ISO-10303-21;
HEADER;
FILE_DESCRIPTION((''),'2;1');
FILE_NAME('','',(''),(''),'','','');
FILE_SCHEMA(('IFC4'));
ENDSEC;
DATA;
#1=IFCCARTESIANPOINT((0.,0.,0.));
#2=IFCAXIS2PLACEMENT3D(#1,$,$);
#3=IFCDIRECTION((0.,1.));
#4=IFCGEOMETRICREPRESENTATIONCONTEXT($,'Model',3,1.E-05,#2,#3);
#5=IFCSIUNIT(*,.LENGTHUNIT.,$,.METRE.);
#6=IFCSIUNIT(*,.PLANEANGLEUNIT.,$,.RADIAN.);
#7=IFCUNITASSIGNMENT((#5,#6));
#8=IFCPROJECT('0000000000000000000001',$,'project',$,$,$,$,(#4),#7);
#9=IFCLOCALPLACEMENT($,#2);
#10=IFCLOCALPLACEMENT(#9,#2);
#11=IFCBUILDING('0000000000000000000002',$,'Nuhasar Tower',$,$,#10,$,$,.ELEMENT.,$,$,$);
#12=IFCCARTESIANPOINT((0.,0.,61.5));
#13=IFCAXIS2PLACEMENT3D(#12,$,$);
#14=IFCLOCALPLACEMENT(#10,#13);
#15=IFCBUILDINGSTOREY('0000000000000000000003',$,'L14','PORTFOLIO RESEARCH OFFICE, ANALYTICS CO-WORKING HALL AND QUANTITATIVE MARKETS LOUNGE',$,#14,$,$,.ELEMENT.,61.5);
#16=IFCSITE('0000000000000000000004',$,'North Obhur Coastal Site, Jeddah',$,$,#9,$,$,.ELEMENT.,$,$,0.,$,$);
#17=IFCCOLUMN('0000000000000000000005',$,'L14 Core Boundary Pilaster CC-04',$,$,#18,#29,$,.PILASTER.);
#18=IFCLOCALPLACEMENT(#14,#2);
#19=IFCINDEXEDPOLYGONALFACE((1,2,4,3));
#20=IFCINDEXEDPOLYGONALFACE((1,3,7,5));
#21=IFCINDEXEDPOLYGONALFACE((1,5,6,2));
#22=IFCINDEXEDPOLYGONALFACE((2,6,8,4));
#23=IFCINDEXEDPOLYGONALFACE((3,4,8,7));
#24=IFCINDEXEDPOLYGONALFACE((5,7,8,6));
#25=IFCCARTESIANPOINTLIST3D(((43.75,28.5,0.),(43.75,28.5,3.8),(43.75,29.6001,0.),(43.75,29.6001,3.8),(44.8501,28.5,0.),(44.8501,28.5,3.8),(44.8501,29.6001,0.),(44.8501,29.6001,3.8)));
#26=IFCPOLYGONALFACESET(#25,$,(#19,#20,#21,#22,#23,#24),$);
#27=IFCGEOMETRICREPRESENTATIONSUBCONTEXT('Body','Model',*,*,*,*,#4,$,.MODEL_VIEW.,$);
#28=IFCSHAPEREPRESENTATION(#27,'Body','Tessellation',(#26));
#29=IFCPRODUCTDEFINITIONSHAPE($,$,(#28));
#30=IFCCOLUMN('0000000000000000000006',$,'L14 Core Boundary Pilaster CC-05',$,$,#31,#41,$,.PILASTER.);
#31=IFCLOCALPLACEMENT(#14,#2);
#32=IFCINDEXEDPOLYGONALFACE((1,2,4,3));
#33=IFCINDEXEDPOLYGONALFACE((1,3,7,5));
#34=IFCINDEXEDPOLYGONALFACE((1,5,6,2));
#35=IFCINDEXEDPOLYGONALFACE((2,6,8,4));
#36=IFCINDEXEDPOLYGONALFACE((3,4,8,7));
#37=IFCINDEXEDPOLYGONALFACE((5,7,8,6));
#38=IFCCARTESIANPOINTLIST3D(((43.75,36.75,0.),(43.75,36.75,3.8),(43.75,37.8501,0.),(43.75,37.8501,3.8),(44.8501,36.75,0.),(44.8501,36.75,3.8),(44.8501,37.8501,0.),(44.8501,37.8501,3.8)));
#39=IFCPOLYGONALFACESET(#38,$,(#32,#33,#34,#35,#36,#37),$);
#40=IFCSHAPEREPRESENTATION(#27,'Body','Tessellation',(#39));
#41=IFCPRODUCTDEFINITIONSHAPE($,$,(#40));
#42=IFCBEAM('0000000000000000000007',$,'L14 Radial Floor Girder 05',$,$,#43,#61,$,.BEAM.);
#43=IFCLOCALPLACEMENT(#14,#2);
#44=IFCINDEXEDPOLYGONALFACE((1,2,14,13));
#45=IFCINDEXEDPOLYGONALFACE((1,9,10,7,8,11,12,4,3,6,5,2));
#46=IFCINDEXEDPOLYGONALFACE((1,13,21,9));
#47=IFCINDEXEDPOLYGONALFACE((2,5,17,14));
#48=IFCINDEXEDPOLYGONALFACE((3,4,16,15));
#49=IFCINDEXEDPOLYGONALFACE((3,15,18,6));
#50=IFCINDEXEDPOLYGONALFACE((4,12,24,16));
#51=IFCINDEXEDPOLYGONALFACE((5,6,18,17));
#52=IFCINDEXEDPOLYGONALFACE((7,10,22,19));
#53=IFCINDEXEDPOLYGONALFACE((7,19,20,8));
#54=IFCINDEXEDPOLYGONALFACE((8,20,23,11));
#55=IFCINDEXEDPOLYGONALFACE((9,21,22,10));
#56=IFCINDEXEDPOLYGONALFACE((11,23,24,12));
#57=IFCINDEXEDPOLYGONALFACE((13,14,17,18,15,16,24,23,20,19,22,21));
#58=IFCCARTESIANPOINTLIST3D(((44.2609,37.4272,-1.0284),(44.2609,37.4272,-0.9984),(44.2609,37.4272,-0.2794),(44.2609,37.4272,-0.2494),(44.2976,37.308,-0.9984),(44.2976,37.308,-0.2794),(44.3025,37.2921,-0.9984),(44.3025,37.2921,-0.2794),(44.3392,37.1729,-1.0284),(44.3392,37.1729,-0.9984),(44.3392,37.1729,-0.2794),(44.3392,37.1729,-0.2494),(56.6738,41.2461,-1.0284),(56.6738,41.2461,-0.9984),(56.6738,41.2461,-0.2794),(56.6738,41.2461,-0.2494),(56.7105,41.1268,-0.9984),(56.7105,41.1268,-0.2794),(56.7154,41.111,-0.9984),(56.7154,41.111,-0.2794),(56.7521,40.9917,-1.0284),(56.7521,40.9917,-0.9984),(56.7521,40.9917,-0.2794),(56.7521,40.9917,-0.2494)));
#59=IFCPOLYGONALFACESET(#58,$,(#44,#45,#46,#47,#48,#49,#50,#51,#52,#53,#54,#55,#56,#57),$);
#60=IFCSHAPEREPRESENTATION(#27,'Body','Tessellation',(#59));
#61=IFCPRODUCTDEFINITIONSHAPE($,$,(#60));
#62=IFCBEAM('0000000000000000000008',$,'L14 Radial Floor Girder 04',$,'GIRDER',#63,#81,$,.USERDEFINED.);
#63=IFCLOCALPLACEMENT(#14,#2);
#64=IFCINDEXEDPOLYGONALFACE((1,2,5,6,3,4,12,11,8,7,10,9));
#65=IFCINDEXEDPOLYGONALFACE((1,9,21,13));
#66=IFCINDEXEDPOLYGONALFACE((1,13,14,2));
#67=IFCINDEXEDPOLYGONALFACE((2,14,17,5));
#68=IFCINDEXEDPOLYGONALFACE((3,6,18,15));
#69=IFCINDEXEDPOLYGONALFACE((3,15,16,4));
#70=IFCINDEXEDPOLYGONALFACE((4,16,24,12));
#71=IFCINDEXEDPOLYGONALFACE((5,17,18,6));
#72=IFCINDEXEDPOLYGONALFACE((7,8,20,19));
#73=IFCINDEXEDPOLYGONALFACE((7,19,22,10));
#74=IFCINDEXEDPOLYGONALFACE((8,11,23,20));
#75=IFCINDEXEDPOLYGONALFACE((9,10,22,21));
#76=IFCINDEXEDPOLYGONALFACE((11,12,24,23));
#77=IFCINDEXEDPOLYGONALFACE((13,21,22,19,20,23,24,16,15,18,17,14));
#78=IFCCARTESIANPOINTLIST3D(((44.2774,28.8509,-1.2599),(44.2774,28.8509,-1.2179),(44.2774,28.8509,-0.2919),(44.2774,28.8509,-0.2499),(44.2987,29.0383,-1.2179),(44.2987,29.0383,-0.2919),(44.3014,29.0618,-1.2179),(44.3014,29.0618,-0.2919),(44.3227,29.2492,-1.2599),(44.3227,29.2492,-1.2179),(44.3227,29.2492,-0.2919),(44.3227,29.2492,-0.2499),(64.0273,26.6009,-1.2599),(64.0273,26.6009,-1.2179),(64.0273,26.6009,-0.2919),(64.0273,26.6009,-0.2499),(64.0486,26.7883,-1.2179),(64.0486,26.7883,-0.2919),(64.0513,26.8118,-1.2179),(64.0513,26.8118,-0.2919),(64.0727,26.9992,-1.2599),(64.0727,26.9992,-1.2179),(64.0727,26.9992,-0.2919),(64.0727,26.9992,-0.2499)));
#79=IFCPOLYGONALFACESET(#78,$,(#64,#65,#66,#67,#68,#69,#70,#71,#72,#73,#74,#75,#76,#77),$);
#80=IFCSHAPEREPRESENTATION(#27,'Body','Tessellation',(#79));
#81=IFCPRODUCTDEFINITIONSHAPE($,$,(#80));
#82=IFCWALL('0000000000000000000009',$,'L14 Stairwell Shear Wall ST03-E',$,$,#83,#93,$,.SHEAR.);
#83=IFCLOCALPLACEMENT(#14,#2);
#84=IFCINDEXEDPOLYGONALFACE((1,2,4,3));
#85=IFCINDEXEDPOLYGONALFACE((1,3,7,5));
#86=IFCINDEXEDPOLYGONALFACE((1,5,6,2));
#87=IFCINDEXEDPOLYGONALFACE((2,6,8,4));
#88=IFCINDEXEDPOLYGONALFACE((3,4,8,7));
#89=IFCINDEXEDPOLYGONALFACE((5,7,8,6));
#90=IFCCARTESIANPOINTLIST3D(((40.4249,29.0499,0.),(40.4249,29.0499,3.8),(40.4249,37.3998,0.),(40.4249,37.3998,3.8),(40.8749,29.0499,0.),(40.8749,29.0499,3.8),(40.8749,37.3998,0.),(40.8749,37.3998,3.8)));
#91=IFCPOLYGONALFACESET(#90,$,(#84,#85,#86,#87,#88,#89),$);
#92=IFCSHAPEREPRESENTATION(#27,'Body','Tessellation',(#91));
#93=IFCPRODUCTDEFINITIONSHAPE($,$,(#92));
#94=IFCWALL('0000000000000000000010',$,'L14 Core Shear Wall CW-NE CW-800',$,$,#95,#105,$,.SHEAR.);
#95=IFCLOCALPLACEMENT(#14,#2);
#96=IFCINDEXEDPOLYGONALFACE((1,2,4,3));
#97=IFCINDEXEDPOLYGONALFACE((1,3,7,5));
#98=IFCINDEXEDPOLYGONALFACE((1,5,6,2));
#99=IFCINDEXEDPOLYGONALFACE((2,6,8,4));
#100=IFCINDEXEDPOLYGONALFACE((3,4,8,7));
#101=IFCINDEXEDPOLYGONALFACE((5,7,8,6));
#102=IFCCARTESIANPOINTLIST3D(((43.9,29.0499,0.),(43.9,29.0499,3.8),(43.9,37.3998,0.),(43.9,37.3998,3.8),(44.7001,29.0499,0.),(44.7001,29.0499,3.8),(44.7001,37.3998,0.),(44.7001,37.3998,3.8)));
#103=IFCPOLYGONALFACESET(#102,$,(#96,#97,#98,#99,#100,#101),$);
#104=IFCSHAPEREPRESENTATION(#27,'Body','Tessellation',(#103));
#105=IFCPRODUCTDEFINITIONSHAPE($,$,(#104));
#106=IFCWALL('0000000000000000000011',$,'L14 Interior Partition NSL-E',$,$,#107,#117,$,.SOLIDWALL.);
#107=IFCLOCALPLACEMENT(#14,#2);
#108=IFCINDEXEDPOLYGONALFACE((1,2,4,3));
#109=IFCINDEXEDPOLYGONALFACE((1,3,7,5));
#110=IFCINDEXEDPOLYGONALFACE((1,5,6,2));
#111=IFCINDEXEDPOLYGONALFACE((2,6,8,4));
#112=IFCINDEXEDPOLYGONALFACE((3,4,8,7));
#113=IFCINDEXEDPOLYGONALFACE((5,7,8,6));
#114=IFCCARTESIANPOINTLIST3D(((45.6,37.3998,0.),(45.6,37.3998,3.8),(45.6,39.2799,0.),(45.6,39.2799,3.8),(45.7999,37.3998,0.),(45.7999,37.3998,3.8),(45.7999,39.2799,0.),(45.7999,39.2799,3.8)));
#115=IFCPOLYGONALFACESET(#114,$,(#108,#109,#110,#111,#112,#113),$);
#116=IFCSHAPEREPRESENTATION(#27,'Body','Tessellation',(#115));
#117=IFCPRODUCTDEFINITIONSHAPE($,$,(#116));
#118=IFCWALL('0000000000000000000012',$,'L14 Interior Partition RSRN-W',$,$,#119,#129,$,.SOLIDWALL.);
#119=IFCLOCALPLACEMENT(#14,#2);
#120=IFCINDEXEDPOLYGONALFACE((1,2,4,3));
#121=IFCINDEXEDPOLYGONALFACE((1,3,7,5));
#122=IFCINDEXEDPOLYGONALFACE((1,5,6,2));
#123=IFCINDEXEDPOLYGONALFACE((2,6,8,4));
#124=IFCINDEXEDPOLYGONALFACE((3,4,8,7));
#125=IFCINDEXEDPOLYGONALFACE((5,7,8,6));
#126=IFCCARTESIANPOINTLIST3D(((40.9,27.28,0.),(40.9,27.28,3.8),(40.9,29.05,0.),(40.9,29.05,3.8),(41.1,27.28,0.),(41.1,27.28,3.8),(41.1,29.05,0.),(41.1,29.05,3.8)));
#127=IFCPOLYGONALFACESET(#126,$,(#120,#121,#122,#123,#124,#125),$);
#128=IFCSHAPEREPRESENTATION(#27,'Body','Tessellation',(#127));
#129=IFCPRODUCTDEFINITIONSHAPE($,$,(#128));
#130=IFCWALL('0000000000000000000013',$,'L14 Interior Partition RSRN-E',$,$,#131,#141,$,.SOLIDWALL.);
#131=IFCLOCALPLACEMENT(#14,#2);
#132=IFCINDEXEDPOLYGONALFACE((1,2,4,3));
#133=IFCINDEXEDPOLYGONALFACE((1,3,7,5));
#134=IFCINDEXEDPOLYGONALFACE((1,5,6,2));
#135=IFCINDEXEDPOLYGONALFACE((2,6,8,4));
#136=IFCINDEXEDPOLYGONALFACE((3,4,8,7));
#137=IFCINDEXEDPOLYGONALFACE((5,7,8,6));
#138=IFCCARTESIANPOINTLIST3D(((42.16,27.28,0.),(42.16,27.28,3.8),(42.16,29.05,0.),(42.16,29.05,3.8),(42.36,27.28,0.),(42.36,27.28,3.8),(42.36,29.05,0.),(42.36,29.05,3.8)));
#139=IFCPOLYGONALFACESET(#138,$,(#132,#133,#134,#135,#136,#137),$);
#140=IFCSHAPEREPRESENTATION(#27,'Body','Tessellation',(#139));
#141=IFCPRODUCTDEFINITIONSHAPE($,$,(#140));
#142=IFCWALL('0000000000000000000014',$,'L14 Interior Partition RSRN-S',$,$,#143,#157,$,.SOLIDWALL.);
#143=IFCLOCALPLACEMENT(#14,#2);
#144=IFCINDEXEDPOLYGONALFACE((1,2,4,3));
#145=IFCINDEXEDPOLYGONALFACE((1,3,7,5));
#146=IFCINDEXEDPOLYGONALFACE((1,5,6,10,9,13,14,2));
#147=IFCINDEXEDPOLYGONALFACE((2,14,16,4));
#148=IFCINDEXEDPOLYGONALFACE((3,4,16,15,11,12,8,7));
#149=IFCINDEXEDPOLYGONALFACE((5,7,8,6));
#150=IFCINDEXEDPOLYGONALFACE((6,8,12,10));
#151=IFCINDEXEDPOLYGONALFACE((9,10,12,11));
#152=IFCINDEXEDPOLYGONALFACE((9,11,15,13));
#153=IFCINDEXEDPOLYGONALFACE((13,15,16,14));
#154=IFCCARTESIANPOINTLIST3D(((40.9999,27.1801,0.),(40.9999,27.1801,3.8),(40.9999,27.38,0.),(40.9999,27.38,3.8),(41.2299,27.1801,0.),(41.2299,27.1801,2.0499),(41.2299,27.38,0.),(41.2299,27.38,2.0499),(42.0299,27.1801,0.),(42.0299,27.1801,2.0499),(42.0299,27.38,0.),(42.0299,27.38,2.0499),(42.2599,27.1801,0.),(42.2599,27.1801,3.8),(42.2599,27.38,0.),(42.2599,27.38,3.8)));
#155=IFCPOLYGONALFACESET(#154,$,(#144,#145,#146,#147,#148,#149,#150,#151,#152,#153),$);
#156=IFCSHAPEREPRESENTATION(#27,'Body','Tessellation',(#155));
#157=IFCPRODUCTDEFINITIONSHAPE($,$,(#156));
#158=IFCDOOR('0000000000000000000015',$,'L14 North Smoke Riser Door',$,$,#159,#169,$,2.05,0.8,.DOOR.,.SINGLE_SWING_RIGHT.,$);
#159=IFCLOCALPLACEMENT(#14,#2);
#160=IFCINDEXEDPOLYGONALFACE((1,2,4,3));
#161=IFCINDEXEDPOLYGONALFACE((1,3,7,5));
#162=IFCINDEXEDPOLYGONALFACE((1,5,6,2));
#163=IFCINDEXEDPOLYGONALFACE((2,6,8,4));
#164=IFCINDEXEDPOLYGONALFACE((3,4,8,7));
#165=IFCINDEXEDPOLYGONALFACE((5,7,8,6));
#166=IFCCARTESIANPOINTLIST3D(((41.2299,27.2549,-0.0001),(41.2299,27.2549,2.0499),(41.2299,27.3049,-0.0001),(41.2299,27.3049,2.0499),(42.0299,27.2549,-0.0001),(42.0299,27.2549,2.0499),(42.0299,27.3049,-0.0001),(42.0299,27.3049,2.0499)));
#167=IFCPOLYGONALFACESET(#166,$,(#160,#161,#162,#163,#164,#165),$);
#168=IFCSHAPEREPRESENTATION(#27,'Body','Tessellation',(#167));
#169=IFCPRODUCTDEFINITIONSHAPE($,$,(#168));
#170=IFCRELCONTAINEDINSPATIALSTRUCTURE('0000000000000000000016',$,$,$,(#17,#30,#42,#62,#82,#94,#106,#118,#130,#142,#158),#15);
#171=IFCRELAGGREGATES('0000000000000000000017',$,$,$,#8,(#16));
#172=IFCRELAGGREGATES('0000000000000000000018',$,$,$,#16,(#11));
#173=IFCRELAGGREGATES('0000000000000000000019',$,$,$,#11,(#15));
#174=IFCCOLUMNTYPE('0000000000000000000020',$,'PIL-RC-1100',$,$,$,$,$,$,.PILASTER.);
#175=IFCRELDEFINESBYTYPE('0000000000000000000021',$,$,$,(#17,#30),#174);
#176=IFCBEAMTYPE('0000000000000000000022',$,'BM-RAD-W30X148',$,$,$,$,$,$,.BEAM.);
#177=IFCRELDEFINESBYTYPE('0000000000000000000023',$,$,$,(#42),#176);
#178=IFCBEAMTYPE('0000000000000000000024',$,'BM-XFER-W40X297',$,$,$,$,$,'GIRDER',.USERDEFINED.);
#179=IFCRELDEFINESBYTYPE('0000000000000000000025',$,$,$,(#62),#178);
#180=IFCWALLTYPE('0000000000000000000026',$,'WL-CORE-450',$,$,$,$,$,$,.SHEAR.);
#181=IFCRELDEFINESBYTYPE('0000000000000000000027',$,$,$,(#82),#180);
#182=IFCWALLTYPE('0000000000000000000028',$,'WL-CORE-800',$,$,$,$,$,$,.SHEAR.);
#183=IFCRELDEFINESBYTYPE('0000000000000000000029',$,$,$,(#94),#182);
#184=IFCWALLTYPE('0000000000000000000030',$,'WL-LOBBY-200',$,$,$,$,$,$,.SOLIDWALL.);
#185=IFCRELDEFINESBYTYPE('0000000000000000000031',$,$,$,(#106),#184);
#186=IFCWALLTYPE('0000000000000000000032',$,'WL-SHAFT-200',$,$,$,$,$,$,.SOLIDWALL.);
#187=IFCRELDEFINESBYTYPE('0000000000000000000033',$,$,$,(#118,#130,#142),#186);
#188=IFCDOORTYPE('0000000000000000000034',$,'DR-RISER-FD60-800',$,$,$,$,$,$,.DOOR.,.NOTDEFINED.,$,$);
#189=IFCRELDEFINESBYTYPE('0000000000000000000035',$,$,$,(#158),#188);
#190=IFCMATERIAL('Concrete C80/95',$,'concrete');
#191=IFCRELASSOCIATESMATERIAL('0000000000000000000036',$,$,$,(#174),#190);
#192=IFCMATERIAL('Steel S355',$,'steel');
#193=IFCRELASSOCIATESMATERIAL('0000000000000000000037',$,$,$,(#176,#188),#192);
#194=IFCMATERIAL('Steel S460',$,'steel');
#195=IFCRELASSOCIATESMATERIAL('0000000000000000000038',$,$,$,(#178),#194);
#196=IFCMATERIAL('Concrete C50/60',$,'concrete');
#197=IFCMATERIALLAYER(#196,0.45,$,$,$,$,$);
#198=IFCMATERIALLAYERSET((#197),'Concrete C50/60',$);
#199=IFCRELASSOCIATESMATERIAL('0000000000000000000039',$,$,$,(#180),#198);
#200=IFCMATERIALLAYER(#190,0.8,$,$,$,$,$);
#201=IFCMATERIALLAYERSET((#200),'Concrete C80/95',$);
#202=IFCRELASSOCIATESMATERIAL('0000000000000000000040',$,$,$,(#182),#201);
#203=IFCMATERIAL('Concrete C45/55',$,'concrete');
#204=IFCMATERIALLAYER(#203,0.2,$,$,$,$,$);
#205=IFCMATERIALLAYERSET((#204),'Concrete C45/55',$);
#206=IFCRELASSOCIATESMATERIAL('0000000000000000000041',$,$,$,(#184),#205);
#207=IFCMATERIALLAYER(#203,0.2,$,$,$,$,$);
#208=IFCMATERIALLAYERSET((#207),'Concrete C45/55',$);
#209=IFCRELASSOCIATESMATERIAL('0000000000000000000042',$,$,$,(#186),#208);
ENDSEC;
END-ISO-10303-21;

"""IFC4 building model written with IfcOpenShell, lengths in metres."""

from ifc_helpers import new_model, si_unit, direction, frame, frame_2d, origin, origin_2d, place, context, subcontext, project, spatial, rectangle, i_section, extrude, material, layer, layer_set, material_profile, profile_set, type_object, element, fill, save


model = new_model("IFC4")

# Units and contexts
model_context = context("Model", 3, precision=1e-05, world=origin(), true_north=direction((0.0, 1.0)))
body_context = subcontext(model_context, "Body", "Model", "MODEL_VIEW")
ifc_project = project(units=[si_unit("LENGTHUNIT", "METRE"), si_unit("PLANEANGLEUNIT", "RADIAN")], contexts=[model_context])

# Site, building, storey
site_placement = place(None, origin())
site = spatial("IfcSite", under=ifc_project, at=site_placement, Name="North Obhur Coastal Site, Jeddah", CompositionType="ELEMENT", RefElevation=0.0)
building_placement = place(site_placement, origin())
building = spatial("IfcBuilding", under=site, at=building_placement, Name="Nuhasar Tower", CompositionType="ELEMENT")
storey_placement = place(building_placement, frame((0.0, 0.0, 61.5)))
storey = spatial("IfcBuildingStorey", under=building, at=storey_placement, Name="L14", Description="PORTFOLIO RESEARCH OFFICE, ANALYTICS CO-WORKING HALL AND QUANTITATIVE MARKETS LOUNGE", CompositionType="ELEMENT", Elevation=61.5)

# Columns
ifc_material_1 = material(Name="Concrete C80/95", Category="concrete")
ifc_material_profile_1 = material_profile(ifc_material_1, rectangle(XDim=1.1001, YDim=1.1001, at=origin_2d()), Name="RC1100X1100")
ifc_profile_set_1 = profile_set([ifc_material_profile_1], Name="Concrete C80/95")
column_type = type_object("IfcColumnType", Name="PIL-RC-1100", PredefinedType="PILASTER", material=ifc_profile_set_1)
for number, where, z_axis, x_axis, name in (
    (1, (44.3, 29.05, 0.0), (0.0, 0.0, 1.0), (1.0, 0.0, 0.0), "L14 Core Boundary Pilaster CC-04"),
    (2, (44.3, 37.3, 0.0), (0.0, 0.0, 1.0), (1.0, 0.0, 0.0), "L14 Core Boundary Pilaster CC-05"),
):
    element("IfcColumn", number, at=place(storey_placement, frame(where, z_axis=z_axis, x_axis=x_axis)), inside=storey, type_object=column_type, Name=name, PredefinedType="PILASTER", context=body_context, shape_type="SweptSolid", body=[
        extrude(rectangle(XDim=1.1001, YDim=1.1001, at=origin_2d()), origin(), (0.0, 0.0, 1.0), 3.8),
    ])

# Beams
ifc_material_2 = material(Name="Steel S355", Category="steel")
ifc_material_profile_2 = material_profile(ifc_material_2, i_section(OverallWidth=0.2661, OverallDepth=0.7791, WebThickness=0.0166, FlangeThickness=0.03, at=origin_2d()), Name="W30X148")
ifc_profile_set_2 = profile_set([ifc_material_profile_2], Name="Steel S355")
beam_type_1 = type_object("IfcBeamType", Name="BM-RAD-W30X148", PredefinedType="BEAM", material=ifc_profile_set_2)
beam_1_placement = place(storey_placement, frame((44.3, 37.3, -0.6389), z_axis=(0.95579, 0.294052, 0.0), x_axis=(-0.294052, 0.95579, 0.0)))
element("IfcBeam", 3, at=beam_1_placement, inside=storey, type_object=beam_type_1, Name="L14 Radial Floor Girder 05", PredefinedType="BEAM", context=body_context, shape_type="SweptSolid", body=[
    extrude(i_section(OverallWidth=0.2661, OverallDepth=0.7791, WebThickness=0.0166, FlangeThickness=0.03, at=origin_2d()), origin(), (0.0, 0.0, 1.0), 12.9871),
])
ifc_material_3 = material(Name="Steel S460", Category="steel")
ifc_material_profile_3 = material_profile(ifc_material_3, i_section(OverallWidth=0.4009, OverallDepth=1.01, WebThickness=0.0237, FlangeThickness=0.042, at=origin_2d()), Name="W40X297")
ifc_profile_set_3 = profile_set([ifc_material_profile_3], Name="Steel S460")
beam_type_2 = type_object("IfcBeamType", Name="BM-XFER-W40X297", ElementType="GIRDER", PredefinedType="USERDEFINED", material=ifc_profile_set_3)
beam_2_placement = place(storey_placement, frame((44.3, 29.05, -0.7549), z_axis=(0.993573, -0.113192, 0.0), x_axis=(0.113192, 0.993573, 0.0)))
element("IfcBeam", 4, at=beam_2_placement, inside=storey, type_object=beam_type_2, Name="L14 Radial Floor Girder 04", ObjectType="GIRDER", PredefinedType="USERDEFINED", context=body_context, shape_type="SweptSolid", body=[
    extrude(i_section(OverallWidth=0.4009, OverallDepth=1.01, WebThickness=0.0237, FlangeThickness=0.042, at=origin_2d()), origin(), (0.0, 0.0, 1.0), 19.8777),
])

# Shared definitions
ifc_material_4 = material(Name="Concrete C50/60", Category="concrete")
ifc_layer_1 = layer(ifc_material_4, 0.45)
ifc_layer_set_1 = layer_set([ifc_layer_1], Name="Concrete C50/60")
wall_type_1 = type_object("IfcWallType", Name="WL-CORE-450", PredefinedType="SHEAR", material=ifc_layer_set_1)

# Wall
wall_1_placement = place(storey_placement, frame((40.6499, 29.05, 0.0), z_axis=(0.0, 0.0, 1.0), x_axis=(0.0, 1.0, 0.0)))
element("IfcWall", 5, at=wall_1_placement, inside=storey, type_object=wall_type_1, Name="L14 Stairwell Shear Wall ST03-E", PredefinedType="SHEAR", context=body_context, shape_type="SweptSolid", body=[
    extrude(rectangle(XDim=8.3499, YDim=0.45, at=frame_2d((4.1748, 0.0))), origin(), (0.0, 0.0, 1.0), 3.8),
])

# Walls
ifc_layer_2 = layer(ifc_material_1, 0.8)
ifc_layer_set_2 = layer_set([ifc_layer_2], Name="Concrete C80/95")
wall_type_2 = type_object("IfcWallType", Name="WL-CORE-800", PredefinedType="SHEAR", material=ifc_layer_set_2)
wall_2_placement = place(storey_placement, frame((44.3, 29.05, 0.0), z_axis=(0.0, 0.0, 1.0), x_axis=(0.0, 1.0, 0.0)))
element("IfcWall", 6, at=wall_2_placement, inside=storey, type_object=wall_type_2, Name="L14 Core Shear Wall CW-NE CW-800", PredefinedType="SHEAR", context=body_context, shape_type="SweptSolid", body=[
    extrude(rectangle(XDim=8.3499, YDim=0.8, at=frame_2d((4.1748, 0.0))), origin(), (0.0, 0.0, 1.0), 3.8),
])
ifc_material_5 = material(Name="Concrete C45/55", Category="concrete")
ifc_layer_3 = layer(ifc_material_5, 0.2)
ifc_layer_set_3 = layer_set([ifc_layer_3], Name="Concrete C45/55")
wall_type_3 = type_object("IfcWallType", Name="WL-LOBBY-200", PredefinedType="SOLIDWALL", material=ifc_layer_set_3)
wall_3_placement = place(storey_placement, frame((45.7, 37.3999, 0.0), z_axis=(0.0, 0.0, 1.0), x_axis=(0.0, 1.0, 0.0)))
element("IfcWall", 7, at=wall_3_placement, inside=storey, type_object=wall_type_3, Name="L14 Interior Partition NSL-E", PredefinedType="SOLIDWALL", context=body_context, shape_type="SweptSolid", body=[
    extrude(rectangle(XDim=1.8801, YDim=0.2, at=frame_2d((0.9399, 0.0))), origin(), (0.0, 0.0, 1.0), 3.8),
])
ifc_layer_4 = layer(ifc_material_5, 0.2)
ifc_layer_set_4 = layer_set([ifc_layer_4], Name="Concrete C45/55")
wall_type_4 = type_object("IfcWallType", Name="WL-SHAFT-200", PredefinedType="SOLIDWALL", material=ifc_layer_set_4)
for number, where, z_axis, x_axis, name in (
    (8, (41.0, 27.28, 0.0), (0.0, 0.0, 1.0), (0.0, 1.0, 0.0), "L14 Interior Partition RSRN-W"),
    (9, (42.26, 27.28, 0.0), (0.0, 0.0, 1.0), (0.0, 1.0, 0.0), "L14 Interior Partition RSRN-E"),
):
    element("IfcWall", number, at=place(storey_placement, frame(where, z_axis=z_axis, x_axis=x_axis)), inside=storey, type_object=wall_type_4, Name=name, PredefinedType="SOLIDWALL", context=body_context, shape_type="SweptSolid", body=[
        extrude(rectangle(XDim=1.77, YDim=0.2, at=frame_2d((0.885, 0.0))), origin(), (0.0, 0.0, 1.0), 3.8),
    ])

# Wall, opening, door
wall_4_placement = place(storey_placement, frame((41.0, 27.28, 0.0), z_axis=(0.0, 0.0, 1.0), x_axis=(1.0, 0.0, 0.0)))
wall_4 = element("IfcWall", 10, at=wall_4_placement, inside=storey, type_object=wall_type_4, Name="L14 Interior Partition RSRN-S", PredefinedType="SOLIDWALL", context=body_context, shape_type="SweptSolid", body=[
    extrude(rectangle(XDim=1.26, YDim=0.2, at=frame_2d((0.6299, 0.0))), origin(), (0.0, 0.0, 1.0), 3.8),
])
opening_1_placement = place(wall_4_placement, frame((0.23, 0.0, 0.0)))
opening_1 = element("IfcOpeningElement", 11, at=opening_1_placement, cuts=wall_4, PredefinedType="OPENING", context=body_context, shape_type="SweptSolid", body=[
    extrude(rectangle(XDim=0.8, YDim=2.05, at=frame_2d((0.3999, 1.0249))), frame((0.0, 0.1099, 0.0), z_axis=(0.0, -1.0, 0.0), x_axis=(1.0, 0.0, 0.0)), (0.0, 0.0, 1.0), 0.22),
])
door_type_1 = type_object("IfcDoorType", Name="DR-RISER-FD60-800", OperationType="NOTDEFINED", PredefinedType="DOOR", material=ifc_material_2)
door_1_placement = place(opening_1_placement, origin())
door_1 = element("IfcDoor", 12, at=door_1_placement, inside=storey, type_object=door_type_1, Name="L14 North Smoke Riser Door", OperationType="SINGLE_SWING_RIGHT", OverallHeight=2.05, OverallWidth=0.8, PredefinedType="DOOR", context=body_context, shape_type="SweptSolid", body=[
    extrude(rectangle(XDim=0.8, YDim=2.05, at=frame_2d((0.3999, 1.0249))), frame((0.0, 0.0249, 0.0), z_axis=(0.0, -1.0, 0.0), x_axis=(1.0, 0.0, 0.0)), (0.0, 0.0, 1.0), 0.05),
])
fill(opening_1, door_1)

save(model, "model.ifc")
